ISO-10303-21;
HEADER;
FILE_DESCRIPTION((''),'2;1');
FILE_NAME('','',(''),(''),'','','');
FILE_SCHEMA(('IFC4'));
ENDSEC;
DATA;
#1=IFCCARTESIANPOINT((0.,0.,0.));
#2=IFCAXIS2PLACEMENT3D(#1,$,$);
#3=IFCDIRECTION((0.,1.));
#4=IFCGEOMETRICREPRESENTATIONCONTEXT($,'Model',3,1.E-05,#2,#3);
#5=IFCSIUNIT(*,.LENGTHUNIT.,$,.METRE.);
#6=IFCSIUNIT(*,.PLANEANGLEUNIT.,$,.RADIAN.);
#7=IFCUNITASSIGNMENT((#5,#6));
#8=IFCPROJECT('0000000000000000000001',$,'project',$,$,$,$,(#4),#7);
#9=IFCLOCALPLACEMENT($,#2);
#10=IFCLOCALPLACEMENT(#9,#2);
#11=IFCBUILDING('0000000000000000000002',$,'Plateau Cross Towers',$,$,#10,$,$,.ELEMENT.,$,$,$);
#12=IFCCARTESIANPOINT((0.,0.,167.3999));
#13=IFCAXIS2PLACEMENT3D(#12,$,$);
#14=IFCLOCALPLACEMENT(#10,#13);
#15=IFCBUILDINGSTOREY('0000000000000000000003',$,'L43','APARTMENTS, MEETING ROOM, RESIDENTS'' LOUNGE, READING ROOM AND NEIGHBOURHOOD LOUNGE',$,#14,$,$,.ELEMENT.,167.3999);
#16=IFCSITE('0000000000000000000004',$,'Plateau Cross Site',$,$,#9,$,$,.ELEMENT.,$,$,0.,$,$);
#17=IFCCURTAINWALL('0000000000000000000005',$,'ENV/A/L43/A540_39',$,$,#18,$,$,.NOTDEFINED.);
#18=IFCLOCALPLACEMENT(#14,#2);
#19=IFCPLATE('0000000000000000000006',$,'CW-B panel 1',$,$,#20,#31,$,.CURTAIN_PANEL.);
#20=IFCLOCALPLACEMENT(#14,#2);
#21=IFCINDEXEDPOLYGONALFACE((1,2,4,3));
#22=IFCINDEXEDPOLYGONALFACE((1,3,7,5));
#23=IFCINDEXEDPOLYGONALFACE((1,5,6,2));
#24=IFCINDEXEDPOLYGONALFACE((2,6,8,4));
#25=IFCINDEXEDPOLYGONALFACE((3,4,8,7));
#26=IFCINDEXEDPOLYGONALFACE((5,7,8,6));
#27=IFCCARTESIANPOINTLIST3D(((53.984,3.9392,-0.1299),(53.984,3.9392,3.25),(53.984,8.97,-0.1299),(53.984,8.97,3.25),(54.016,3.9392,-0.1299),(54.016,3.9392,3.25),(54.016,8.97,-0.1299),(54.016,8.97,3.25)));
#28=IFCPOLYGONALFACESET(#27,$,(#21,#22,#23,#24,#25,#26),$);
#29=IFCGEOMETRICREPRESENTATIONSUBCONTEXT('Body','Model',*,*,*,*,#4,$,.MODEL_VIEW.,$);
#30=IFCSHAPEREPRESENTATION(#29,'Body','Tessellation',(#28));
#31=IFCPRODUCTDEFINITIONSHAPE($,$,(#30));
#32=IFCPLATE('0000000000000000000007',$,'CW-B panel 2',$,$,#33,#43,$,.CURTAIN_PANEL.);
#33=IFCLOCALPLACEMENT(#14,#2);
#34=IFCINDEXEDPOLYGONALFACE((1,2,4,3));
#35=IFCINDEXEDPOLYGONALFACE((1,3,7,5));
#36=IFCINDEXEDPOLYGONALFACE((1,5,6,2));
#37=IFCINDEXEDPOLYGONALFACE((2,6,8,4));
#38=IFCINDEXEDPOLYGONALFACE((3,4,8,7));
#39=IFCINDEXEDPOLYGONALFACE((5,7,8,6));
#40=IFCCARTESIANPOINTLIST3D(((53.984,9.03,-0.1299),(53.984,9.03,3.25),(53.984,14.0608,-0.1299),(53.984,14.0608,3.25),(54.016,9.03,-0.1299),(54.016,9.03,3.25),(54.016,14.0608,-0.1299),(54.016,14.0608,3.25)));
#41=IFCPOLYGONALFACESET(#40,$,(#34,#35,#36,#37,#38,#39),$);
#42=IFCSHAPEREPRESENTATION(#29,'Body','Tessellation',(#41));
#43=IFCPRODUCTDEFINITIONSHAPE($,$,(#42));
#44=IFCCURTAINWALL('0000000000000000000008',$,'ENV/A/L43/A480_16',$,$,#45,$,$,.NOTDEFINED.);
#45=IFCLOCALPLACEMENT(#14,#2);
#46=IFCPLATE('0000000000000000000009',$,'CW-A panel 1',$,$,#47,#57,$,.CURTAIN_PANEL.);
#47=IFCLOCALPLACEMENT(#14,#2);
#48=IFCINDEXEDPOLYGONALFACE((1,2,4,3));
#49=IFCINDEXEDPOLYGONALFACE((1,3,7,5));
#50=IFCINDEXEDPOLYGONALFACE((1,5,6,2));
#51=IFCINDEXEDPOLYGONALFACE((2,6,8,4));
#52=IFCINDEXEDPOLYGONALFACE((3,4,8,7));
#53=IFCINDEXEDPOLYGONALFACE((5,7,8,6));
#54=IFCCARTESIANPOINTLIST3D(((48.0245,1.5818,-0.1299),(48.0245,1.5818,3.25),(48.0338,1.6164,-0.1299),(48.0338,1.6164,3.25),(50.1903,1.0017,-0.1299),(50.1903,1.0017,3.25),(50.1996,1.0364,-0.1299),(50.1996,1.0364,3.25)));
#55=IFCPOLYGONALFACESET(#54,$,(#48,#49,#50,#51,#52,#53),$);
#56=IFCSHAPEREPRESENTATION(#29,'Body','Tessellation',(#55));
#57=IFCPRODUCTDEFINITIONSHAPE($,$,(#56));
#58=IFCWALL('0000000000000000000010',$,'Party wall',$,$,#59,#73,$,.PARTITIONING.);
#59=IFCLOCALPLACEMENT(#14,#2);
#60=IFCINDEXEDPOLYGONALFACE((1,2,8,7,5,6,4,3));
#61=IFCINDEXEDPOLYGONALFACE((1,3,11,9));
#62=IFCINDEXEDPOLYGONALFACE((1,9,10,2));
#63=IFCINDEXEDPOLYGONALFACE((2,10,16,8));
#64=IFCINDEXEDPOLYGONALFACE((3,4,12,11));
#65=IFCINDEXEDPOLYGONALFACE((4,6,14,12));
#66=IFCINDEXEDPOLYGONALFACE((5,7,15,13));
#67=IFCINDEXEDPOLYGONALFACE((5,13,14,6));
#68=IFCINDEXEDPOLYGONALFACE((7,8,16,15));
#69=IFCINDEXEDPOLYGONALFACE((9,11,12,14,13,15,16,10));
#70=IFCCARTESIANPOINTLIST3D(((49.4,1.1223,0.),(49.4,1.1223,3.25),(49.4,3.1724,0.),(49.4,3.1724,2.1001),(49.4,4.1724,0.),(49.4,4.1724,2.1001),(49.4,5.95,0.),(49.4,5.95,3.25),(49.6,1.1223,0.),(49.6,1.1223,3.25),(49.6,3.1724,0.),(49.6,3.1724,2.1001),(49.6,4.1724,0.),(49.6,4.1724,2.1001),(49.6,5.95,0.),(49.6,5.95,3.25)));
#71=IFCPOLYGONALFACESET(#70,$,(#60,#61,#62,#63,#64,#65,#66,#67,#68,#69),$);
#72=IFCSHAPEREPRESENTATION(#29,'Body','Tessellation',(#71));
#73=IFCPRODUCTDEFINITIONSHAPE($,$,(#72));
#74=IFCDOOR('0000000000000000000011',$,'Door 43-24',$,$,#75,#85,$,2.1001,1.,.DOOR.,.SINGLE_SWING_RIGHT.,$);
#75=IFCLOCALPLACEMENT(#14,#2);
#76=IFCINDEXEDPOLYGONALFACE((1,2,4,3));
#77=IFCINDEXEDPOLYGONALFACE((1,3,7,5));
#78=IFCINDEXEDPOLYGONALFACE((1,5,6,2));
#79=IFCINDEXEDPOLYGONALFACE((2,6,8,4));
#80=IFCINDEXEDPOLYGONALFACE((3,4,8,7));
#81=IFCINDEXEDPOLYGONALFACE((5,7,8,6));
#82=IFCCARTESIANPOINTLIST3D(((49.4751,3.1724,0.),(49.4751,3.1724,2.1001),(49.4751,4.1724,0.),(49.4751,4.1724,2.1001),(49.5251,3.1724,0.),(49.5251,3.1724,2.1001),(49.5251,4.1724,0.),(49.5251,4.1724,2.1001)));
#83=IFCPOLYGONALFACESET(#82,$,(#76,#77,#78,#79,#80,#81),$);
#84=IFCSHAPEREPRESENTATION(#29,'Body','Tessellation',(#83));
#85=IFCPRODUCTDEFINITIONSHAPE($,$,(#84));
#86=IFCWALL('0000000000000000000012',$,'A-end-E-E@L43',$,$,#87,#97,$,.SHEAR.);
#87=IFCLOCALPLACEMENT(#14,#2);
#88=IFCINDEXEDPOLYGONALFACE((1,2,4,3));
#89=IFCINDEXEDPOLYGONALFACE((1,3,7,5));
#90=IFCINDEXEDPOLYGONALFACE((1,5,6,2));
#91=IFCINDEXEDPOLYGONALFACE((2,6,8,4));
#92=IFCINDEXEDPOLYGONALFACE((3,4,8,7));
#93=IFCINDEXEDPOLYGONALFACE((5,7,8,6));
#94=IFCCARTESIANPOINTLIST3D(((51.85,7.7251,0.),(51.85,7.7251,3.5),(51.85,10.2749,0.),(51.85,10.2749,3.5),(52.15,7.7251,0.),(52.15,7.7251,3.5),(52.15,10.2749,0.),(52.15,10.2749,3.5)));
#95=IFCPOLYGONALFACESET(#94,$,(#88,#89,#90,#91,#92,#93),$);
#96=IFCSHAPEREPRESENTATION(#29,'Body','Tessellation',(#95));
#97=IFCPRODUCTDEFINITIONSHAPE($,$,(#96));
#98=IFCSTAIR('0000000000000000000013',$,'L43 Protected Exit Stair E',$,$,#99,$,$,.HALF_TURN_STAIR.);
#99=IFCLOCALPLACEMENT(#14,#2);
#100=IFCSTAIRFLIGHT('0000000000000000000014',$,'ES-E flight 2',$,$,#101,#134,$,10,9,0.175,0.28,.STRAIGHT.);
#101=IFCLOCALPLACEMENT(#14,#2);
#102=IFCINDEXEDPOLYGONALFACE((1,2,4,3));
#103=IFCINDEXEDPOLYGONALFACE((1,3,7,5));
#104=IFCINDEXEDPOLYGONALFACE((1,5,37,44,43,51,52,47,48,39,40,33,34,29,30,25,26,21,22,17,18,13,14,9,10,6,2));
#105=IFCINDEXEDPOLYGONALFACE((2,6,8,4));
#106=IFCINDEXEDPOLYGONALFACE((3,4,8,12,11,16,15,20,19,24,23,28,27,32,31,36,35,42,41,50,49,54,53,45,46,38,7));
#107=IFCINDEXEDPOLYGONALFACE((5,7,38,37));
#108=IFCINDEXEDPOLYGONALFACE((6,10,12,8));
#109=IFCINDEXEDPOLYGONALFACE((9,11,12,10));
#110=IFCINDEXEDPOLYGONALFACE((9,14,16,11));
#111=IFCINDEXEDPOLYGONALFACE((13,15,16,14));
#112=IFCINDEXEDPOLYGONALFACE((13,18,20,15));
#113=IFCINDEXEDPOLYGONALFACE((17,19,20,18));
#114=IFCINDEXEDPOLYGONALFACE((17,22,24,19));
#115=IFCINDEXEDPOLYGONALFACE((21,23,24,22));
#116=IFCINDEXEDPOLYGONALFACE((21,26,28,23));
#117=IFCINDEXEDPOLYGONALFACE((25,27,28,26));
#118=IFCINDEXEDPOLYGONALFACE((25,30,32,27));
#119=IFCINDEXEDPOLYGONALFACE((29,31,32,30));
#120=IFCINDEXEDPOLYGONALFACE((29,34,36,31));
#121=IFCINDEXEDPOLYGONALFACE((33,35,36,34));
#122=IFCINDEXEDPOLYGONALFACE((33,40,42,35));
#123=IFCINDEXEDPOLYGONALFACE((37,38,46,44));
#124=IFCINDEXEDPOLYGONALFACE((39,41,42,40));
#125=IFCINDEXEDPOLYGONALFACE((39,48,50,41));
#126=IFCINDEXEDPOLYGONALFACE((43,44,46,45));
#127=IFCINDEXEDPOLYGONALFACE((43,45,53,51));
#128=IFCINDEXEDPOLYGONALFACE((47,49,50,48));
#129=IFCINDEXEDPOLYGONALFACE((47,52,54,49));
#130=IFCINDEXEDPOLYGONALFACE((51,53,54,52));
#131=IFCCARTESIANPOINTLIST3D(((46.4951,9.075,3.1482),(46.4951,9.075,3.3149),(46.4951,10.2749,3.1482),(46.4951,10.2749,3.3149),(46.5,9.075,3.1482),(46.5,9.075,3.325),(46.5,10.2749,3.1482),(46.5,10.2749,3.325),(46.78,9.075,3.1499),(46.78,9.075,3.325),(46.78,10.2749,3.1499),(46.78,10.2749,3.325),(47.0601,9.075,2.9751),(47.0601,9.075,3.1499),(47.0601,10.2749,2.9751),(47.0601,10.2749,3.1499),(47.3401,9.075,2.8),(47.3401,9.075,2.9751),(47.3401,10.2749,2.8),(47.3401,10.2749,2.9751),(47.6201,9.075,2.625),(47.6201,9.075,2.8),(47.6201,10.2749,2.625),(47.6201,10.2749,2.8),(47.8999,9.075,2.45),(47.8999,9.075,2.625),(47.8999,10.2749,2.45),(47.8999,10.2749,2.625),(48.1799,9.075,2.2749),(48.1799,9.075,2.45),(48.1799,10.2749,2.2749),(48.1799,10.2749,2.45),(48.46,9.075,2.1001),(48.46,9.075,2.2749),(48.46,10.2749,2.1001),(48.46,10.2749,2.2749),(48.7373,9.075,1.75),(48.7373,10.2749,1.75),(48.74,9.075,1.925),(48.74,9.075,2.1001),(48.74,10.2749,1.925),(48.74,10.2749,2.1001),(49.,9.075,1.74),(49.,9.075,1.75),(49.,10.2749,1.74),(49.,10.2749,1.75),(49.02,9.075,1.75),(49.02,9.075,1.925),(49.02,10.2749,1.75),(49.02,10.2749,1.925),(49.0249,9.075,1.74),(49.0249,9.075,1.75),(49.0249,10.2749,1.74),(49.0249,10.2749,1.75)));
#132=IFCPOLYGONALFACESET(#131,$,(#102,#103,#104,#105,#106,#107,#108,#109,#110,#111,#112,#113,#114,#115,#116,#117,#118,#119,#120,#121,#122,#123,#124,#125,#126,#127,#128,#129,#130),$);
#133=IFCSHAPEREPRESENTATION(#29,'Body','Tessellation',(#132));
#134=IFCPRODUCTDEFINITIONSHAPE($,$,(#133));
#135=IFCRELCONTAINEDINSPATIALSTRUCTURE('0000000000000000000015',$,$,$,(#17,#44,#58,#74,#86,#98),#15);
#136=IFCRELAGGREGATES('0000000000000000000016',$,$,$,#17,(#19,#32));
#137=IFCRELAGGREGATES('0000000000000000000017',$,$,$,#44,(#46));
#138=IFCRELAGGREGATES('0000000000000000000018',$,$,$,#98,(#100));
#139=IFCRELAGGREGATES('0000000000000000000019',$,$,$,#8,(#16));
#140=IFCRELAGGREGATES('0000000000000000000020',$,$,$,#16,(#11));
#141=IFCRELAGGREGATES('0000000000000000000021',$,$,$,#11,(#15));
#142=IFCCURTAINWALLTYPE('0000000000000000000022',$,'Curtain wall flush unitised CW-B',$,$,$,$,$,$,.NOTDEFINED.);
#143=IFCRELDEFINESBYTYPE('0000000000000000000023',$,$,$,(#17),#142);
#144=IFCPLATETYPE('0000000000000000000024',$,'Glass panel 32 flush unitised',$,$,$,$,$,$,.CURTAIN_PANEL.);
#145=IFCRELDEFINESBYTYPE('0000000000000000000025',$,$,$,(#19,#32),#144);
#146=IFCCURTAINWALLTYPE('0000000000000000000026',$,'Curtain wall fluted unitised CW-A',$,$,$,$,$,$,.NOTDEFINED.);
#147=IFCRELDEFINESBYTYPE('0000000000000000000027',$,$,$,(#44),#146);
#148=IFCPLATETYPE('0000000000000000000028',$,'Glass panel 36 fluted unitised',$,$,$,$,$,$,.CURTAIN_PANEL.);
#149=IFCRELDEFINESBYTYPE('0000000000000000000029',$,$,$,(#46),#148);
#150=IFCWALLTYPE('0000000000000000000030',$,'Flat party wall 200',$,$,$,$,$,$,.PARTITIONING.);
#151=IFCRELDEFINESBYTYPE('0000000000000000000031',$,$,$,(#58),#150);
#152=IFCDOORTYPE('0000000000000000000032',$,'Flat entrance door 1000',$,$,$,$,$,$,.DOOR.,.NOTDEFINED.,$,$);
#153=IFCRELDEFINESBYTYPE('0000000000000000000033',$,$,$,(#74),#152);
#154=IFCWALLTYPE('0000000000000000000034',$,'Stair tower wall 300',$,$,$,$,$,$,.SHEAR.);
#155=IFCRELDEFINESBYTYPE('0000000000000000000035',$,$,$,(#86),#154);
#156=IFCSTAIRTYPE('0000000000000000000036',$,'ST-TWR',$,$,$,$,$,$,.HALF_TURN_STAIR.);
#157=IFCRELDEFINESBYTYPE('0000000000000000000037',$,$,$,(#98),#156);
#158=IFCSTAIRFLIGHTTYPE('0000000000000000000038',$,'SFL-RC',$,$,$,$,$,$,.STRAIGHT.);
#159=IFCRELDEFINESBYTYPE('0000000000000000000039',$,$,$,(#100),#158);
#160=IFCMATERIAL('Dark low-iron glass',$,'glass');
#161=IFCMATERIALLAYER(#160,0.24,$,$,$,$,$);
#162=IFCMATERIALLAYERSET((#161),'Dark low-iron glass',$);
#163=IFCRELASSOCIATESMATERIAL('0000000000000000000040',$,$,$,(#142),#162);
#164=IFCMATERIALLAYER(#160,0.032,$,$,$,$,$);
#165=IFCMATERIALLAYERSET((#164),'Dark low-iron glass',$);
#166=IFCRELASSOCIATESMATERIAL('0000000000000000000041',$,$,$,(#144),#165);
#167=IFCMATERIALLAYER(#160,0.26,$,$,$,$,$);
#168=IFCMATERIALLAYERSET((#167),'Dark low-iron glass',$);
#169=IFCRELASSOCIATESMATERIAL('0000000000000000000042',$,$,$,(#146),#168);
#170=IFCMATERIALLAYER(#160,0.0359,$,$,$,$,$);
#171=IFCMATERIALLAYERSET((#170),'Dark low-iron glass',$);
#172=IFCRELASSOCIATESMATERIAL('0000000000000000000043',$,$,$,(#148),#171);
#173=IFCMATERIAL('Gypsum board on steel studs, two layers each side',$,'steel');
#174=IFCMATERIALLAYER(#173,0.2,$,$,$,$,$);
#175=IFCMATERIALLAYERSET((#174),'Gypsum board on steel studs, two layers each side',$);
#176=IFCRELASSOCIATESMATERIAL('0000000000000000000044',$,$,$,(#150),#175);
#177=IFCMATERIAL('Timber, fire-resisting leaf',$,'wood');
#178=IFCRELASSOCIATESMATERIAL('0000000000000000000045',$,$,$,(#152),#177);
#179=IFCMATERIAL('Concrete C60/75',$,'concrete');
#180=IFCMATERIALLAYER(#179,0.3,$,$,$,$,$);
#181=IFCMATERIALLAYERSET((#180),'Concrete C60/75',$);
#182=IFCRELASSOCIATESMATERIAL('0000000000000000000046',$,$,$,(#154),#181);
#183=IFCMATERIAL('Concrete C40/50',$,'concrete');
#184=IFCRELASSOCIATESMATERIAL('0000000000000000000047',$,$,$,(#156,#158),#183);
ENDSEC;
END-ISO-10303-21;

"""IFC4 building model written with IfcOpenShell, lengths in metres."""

from ifc_helpers import new_model, si_unit, direction, frame, frame_2d, origin, origin_2d, place, context, subcontext, project, spatial, polyline, rectangle, outline, extrude, material, layer, layer_set, type_object, element, fill, aggregate, save


model = new_model("IFC4")

# Units and contexts
model_context = context("Model", 3, precision=1e-05, world=origin(), true_north=direction((0.0, 1.0)))
body_context = subcontext(model_context, "Body", "Model", "MODEL_VIEW")
ifc_project = project(units=[si_unit("LENGTHUNIT", "METRE"), si_unit("PLANEANGLEUNIT", "RADIAN")], contexts=[model_context])

# Site, building, storey
site_placement = place(None, origin())
site = spatial("IfcSite", under=ifc_project, at=site_placement, Name="Plateau Cross Site", CompositionType="ELEMENT", RefElevation=0.0)
building_placement = place(site_placement, origin())
building = spatial("IfcBuilding", under=site, at=building_placement, Name="Plateau Cross Towers", CompositionType="ELEMENT")
storey_placement = place(building_placement, frame((0.0, 0.0, 167.3999)))
storey = spatial("IfcBuildingStorey", under=building, at=storey_placement, Name="L43", Description="APARTMENTS, MEETING ROOM, RESIDENTS' LOUNGE, READING ROOM AND NEIGHBOURHOOD LOUNGE", CompositionType="ELEMENT", Elevation=167.3999)

# Shared definitions
ifc_material_1 = material(Name="Concrete C60/75", Category="concrete")

# Shared definitions
ifc_material_2 = material(Name="Dark low-iron glass", Category="glass")
ifc_layer_1 = layer(ifc_material_2, 0.24)
ifc_layer_set_1 = layer_set([ifc_layer_1], Name="Dark low-iron glass")
curtain_wall_type_1 = type_object("IfcCurtainWallType", Name="Curtain wall flush unitised CW-B", PredefinedType="NOTDEFINED", material=ifc_layer_set_1)

# Curtain wall
curtain_wall_1_placement = place(storey_placement, origin())
curtain_wall_1 = element("IfcCurtainWall", 1, at=curtain_wall_1_placement, inside=storey, type_object=curtain_wall_type_1, Name="ENV/A/L43/A540_39", PredefinedType="NOTDEFINED")

# Plates
ifc_layer_2 = layer(ifc_material_2, 0.032)
ifc_layer_set_2 = layer_set([ifc_layer_2], Name="Dark low-iron glass")
plate_type_1 = type_object("IfcPlateType", Name="Glass panel 32 flush unitised", PredefinedType="CURTAIN_PANEL", material=ifc_layer_set_2)
plate_1_placement = place(storey_placement, frame((54.0, 6.4546, -0.1299), z_axis=(0.0, 0.0, 1.0), x_axis=(0.0, 1.0, 0.0)))
plate_1 = element("IfcPlate", 2, at=plate_1_placement, type_object=plate_type_1, Name="CW-B panel 1", PredefinedType="CURTAIN_PANEL", context=body_context, shape_type="SweptSolid", body=[
    extrude(rectangle(XDim=5.0308, YDim=0.032, at=origin_2d()), origin(), (0.0, 0.0, 1.0), 3.3799),
])
plate_2_placement = place(storey_placement, frame((54.0, 11.5454, -0.1299), z_axis=(0.0, 0.0, 1.0), x_axis=(0.0, 1.0, 0.0)))
plate_2 = element("IfcPlate", 3, at=plate_2_placement, type_object=plate_type_1, Name="CW-B panel 2", PredefinedType="CURTAIN_PANEL", context=body_context, shape_type="SweptSolid", body=[
    extrude(rectangle(XDim=5.0308, YDim=0.032, at=origin_2d()), origin(), (0.0, 0.0, 1.0), 3.3799),
])
aggregate(curtain_wall_1, [plate_1, plate_2])

# Curtain wall, plate
ifc_layer_3 = layer(ifc_material_2, 0.26)
ifc_layer_set_3 = layer_set([ifc_layer_3], Name="Dark low-iron glass")
curtain_wall_type_2 = type_object("IfcCurtainWallType", Name="Curtain wall fluted unitised CW-A", PredefinedType="NOTDEFINED", material=ifc_layer_set_3)
curtain_wall_2_placement = place(storey_placement, origin())
curtain_wall_2 = element("IfcCurtainWall", 4, at=curtain_wall_2_placement, inside=storey, type_object=curtain_wall_type_2, Name="ENV/A/L43/A480_16", PredefinedType="NOTDEFINED")
ifc_layer_4 = layer(ifc_material_2, 0.0359)
ifc_layer_set_4 = layer_set([ifc_layer_4], Name="Dark low-iron glass")
plate_type_2 = type_object("IfcPlateType", Name="Glass panel 36 fluted unitised", PredefinedType="CURTAIN_PANEL", material=ifc_layer_set_4)
plate_3_placement = place(storey_placement, frame((49.1121, 1.3091, -0.1299), z_axis=(0.0, 0.0, 1.0), x_axis=(0.965958, -0.258699, 0.0)))
plate_3 = element("IfcPlate", 5, at=plate_3_placement, type_object=plate_type_2, Name="CW-A panel 1", PredefinedType="CURTAIN_PANEL", context=body_context, shape_type="SweptSolid", body=[
    extrude(rectangle(XDim=2.2422, YDim=0.0359, at=origin_2d()), origin(), (0.0, 0.0, 1.0), 3.3799),
])
aggregate(curtain_wall_2, [plate_3])

# Wall, opening, door
ifc_material_3 = material(Name="Gypsum board on steel studs, two layers each side", Category="steel")
ifc_layer_5 = layer(ifc_material_3, 0.2)
ifc_layer_set_5 = layer_set([ifc_layer_5], Name="Gypsum board on steel studs, two layers each side")
wall_type_1 = type_object("IfcWallType", Name="Flat party wall 200", PredefinedType="PARTITIONING", material=ifc_layer_set_5)
wall_1_placement = place(storey_placement, frame((49.5, 1.1223, 0.0), z_axis=(0.0, 0.0, 1.0), x_axis=(0.0, 1.0, 0.0)))
wall_1 = element("IfcWall", 6, at=wall_1_placement, inside=storey, type_object=wall_type_1, Name="Party wall", PredefinedType="PARTITIONING", context=body_context, shape_type="SweptSolid", body=[
    extrude(rectangle(XDim=4.8276, YDim=0.2, at=frame_2d((2.4138, 0.0))), origin(), (0.0, 0.0, 1.0), 3.25),
])
opening_placement = place(wall_1_placement, frame((2.05, 0.0, 0.0)))
opening = element("IfcOpeningElement", 7, at=opening_placement, cuts=wall_1, PredefinedType="OPENING", context=body_context, shape_type="SweptSolid", body=[
    extrude(rectangle(XDim=1.0, YDim=2.1001, at=frame_2d((0.5, 1.05))), frame((0.0, 0.1099, 0.0), z_axis=(0.0, -1.0, 0.0), x_axis=(1.0, 0.0, 0.0)), (0.0, 0.0, 1.0), 0.22),
])
ifc_material_4 = material(Name="Timber, fire-resisting leaf", Category="wood")
door_type = type_object("IfcDoorType", Name="Flat entrance door 1000", OperationType="NOTDEFINED", PredefinedType="DOOR", material=ifc_material_4)
door_placement = place(opening_placement, origin())
door = element("IfcDoor", 8, at=door_placement, inside=storey, type_object=door_type, Name="Door 43-24", OperationType="SINGLE_SWING_RIGHT", OverallHeight=2.1001, OverallWidth=1.0, PredefinedType="DOOR", context=body_context, shape_type="SweptSolid", body=[
    extrude(rectangle(XDim=1.0, YDim=2.1001, at=frame_2d((0.5, 1.05))), frame((0.0, 0.0249, 0.0), z_axis=(0.0, -1.0, 0.0), x_axis=(1.0, 0.0, 0.0)), (0.0, 0.0, 1.0), 0.05),
])
fill(opening, door)

# Wall
ifc_layer_6 = layer(ifc_material_1, 0.3)
ifc_layer_set_6 = layer_set([ifc_layer_6], Name="Concrete C60/75")
wall_type_2 = type_object("IfcWallType", Name="Stair tower wall 300", PredefinedType="SHEAR", material=ifc_layer_set_6)
wall_2_placement = place(storey_placement, frame((52.0, 7.7251, 0.0), z_axis=(0.0, 0.0, 1.0), x_axis=(0.0, 1.0, 0.0)))
element("IfcWall", 9, at=wall_2_placement, inside=storey, type_object=wall_type_2, Name="A-end-E-E@L43", PredefinedType="SHEAR", context=body_context, shape_type="SweptSolid", body=[
    extrude(rectangle(XDim=2.5498, YDim=0.3, at=frame_2d((1.2749, 0.0))), origin(), (0.0, 0.0, 1.0), 3.5),
])

# Stair, stair flight
ifc_material_5 = material(Name="Concrete C40/50", Category="concrete")
stair_type = type_object("IfcStairType", Name="ST-TWR", PredefinedType="HALF_TURN_STAIR", material=ifc_material_5)
stair_placement = place(storey_placement, origin())
stair = element("IfcStair", 10, at=stair_placement, inside=storey, type_object=stair_type, Name="L43 Protected Exit Stair E", PredefinedType="HALF_TURN_STAIR")
stair_flight_type = type_object("IfcStairFlightType", Name="SFL-RC", PredefinedType="STRAIGHT", material=ifc_material_5)
stair_flight_placement = place(storey_placement, frame((49.02, 9.675, 1.75), z_axis=(0.0, 0.0, 1.0), x_axis=(-1.0, 0.0, 0.0)))
stair_flight = element("IfcStairFlight", 11, at=stair_flight_placement, type_object=stair_flight_type, Name="ES-E flight 2", NumberOfRisers=10, NumberOfTreads=9, PredefinedType="STRAIGHT", RiserHeight=0.175, TreadLength=0.28, context=body_context, shape_type="SweptSolid", body=[
    extrude(outline(polyline([(-0.0049, -0.01), (-0.0049, 0.0), (0.0, 0.0), (0.0, 0.175), (0.28, 0.175), (0.28, 0.3501), (0.5601, 0.3501), (0.5601, 0.5249), (0.8401, 0.5249), (0.8401, 0.7), (1.1201, 0.7), (1.1201, 0.875), (1.3999, 0.875), (1.3999, 1.05), (1.6799, 1.05), (1.6799, 1.2251), (1.96, 1.2251), (1.96, 1.3999), (2.24, 1.3999), (2.24, 1.575), (2.52, 1.575), (2.5249, 1.5649), (2.5249, 1.3982), (2.52, 1.3982), (0.2827, 0.0), (0.02, 0.0), (0.02, -0.01), (-0.0049, -0.01)])), frame((0.0, 0.6001, 0.0), z_axis=(0.0, -1.0, 0.0), x_axis=(1.0, 0.0, 0.0)), (0.0, 0.0, 1.0), 1.2),
])
aggregate(stair, [stair_flight])

save(model, "model.ifc")
